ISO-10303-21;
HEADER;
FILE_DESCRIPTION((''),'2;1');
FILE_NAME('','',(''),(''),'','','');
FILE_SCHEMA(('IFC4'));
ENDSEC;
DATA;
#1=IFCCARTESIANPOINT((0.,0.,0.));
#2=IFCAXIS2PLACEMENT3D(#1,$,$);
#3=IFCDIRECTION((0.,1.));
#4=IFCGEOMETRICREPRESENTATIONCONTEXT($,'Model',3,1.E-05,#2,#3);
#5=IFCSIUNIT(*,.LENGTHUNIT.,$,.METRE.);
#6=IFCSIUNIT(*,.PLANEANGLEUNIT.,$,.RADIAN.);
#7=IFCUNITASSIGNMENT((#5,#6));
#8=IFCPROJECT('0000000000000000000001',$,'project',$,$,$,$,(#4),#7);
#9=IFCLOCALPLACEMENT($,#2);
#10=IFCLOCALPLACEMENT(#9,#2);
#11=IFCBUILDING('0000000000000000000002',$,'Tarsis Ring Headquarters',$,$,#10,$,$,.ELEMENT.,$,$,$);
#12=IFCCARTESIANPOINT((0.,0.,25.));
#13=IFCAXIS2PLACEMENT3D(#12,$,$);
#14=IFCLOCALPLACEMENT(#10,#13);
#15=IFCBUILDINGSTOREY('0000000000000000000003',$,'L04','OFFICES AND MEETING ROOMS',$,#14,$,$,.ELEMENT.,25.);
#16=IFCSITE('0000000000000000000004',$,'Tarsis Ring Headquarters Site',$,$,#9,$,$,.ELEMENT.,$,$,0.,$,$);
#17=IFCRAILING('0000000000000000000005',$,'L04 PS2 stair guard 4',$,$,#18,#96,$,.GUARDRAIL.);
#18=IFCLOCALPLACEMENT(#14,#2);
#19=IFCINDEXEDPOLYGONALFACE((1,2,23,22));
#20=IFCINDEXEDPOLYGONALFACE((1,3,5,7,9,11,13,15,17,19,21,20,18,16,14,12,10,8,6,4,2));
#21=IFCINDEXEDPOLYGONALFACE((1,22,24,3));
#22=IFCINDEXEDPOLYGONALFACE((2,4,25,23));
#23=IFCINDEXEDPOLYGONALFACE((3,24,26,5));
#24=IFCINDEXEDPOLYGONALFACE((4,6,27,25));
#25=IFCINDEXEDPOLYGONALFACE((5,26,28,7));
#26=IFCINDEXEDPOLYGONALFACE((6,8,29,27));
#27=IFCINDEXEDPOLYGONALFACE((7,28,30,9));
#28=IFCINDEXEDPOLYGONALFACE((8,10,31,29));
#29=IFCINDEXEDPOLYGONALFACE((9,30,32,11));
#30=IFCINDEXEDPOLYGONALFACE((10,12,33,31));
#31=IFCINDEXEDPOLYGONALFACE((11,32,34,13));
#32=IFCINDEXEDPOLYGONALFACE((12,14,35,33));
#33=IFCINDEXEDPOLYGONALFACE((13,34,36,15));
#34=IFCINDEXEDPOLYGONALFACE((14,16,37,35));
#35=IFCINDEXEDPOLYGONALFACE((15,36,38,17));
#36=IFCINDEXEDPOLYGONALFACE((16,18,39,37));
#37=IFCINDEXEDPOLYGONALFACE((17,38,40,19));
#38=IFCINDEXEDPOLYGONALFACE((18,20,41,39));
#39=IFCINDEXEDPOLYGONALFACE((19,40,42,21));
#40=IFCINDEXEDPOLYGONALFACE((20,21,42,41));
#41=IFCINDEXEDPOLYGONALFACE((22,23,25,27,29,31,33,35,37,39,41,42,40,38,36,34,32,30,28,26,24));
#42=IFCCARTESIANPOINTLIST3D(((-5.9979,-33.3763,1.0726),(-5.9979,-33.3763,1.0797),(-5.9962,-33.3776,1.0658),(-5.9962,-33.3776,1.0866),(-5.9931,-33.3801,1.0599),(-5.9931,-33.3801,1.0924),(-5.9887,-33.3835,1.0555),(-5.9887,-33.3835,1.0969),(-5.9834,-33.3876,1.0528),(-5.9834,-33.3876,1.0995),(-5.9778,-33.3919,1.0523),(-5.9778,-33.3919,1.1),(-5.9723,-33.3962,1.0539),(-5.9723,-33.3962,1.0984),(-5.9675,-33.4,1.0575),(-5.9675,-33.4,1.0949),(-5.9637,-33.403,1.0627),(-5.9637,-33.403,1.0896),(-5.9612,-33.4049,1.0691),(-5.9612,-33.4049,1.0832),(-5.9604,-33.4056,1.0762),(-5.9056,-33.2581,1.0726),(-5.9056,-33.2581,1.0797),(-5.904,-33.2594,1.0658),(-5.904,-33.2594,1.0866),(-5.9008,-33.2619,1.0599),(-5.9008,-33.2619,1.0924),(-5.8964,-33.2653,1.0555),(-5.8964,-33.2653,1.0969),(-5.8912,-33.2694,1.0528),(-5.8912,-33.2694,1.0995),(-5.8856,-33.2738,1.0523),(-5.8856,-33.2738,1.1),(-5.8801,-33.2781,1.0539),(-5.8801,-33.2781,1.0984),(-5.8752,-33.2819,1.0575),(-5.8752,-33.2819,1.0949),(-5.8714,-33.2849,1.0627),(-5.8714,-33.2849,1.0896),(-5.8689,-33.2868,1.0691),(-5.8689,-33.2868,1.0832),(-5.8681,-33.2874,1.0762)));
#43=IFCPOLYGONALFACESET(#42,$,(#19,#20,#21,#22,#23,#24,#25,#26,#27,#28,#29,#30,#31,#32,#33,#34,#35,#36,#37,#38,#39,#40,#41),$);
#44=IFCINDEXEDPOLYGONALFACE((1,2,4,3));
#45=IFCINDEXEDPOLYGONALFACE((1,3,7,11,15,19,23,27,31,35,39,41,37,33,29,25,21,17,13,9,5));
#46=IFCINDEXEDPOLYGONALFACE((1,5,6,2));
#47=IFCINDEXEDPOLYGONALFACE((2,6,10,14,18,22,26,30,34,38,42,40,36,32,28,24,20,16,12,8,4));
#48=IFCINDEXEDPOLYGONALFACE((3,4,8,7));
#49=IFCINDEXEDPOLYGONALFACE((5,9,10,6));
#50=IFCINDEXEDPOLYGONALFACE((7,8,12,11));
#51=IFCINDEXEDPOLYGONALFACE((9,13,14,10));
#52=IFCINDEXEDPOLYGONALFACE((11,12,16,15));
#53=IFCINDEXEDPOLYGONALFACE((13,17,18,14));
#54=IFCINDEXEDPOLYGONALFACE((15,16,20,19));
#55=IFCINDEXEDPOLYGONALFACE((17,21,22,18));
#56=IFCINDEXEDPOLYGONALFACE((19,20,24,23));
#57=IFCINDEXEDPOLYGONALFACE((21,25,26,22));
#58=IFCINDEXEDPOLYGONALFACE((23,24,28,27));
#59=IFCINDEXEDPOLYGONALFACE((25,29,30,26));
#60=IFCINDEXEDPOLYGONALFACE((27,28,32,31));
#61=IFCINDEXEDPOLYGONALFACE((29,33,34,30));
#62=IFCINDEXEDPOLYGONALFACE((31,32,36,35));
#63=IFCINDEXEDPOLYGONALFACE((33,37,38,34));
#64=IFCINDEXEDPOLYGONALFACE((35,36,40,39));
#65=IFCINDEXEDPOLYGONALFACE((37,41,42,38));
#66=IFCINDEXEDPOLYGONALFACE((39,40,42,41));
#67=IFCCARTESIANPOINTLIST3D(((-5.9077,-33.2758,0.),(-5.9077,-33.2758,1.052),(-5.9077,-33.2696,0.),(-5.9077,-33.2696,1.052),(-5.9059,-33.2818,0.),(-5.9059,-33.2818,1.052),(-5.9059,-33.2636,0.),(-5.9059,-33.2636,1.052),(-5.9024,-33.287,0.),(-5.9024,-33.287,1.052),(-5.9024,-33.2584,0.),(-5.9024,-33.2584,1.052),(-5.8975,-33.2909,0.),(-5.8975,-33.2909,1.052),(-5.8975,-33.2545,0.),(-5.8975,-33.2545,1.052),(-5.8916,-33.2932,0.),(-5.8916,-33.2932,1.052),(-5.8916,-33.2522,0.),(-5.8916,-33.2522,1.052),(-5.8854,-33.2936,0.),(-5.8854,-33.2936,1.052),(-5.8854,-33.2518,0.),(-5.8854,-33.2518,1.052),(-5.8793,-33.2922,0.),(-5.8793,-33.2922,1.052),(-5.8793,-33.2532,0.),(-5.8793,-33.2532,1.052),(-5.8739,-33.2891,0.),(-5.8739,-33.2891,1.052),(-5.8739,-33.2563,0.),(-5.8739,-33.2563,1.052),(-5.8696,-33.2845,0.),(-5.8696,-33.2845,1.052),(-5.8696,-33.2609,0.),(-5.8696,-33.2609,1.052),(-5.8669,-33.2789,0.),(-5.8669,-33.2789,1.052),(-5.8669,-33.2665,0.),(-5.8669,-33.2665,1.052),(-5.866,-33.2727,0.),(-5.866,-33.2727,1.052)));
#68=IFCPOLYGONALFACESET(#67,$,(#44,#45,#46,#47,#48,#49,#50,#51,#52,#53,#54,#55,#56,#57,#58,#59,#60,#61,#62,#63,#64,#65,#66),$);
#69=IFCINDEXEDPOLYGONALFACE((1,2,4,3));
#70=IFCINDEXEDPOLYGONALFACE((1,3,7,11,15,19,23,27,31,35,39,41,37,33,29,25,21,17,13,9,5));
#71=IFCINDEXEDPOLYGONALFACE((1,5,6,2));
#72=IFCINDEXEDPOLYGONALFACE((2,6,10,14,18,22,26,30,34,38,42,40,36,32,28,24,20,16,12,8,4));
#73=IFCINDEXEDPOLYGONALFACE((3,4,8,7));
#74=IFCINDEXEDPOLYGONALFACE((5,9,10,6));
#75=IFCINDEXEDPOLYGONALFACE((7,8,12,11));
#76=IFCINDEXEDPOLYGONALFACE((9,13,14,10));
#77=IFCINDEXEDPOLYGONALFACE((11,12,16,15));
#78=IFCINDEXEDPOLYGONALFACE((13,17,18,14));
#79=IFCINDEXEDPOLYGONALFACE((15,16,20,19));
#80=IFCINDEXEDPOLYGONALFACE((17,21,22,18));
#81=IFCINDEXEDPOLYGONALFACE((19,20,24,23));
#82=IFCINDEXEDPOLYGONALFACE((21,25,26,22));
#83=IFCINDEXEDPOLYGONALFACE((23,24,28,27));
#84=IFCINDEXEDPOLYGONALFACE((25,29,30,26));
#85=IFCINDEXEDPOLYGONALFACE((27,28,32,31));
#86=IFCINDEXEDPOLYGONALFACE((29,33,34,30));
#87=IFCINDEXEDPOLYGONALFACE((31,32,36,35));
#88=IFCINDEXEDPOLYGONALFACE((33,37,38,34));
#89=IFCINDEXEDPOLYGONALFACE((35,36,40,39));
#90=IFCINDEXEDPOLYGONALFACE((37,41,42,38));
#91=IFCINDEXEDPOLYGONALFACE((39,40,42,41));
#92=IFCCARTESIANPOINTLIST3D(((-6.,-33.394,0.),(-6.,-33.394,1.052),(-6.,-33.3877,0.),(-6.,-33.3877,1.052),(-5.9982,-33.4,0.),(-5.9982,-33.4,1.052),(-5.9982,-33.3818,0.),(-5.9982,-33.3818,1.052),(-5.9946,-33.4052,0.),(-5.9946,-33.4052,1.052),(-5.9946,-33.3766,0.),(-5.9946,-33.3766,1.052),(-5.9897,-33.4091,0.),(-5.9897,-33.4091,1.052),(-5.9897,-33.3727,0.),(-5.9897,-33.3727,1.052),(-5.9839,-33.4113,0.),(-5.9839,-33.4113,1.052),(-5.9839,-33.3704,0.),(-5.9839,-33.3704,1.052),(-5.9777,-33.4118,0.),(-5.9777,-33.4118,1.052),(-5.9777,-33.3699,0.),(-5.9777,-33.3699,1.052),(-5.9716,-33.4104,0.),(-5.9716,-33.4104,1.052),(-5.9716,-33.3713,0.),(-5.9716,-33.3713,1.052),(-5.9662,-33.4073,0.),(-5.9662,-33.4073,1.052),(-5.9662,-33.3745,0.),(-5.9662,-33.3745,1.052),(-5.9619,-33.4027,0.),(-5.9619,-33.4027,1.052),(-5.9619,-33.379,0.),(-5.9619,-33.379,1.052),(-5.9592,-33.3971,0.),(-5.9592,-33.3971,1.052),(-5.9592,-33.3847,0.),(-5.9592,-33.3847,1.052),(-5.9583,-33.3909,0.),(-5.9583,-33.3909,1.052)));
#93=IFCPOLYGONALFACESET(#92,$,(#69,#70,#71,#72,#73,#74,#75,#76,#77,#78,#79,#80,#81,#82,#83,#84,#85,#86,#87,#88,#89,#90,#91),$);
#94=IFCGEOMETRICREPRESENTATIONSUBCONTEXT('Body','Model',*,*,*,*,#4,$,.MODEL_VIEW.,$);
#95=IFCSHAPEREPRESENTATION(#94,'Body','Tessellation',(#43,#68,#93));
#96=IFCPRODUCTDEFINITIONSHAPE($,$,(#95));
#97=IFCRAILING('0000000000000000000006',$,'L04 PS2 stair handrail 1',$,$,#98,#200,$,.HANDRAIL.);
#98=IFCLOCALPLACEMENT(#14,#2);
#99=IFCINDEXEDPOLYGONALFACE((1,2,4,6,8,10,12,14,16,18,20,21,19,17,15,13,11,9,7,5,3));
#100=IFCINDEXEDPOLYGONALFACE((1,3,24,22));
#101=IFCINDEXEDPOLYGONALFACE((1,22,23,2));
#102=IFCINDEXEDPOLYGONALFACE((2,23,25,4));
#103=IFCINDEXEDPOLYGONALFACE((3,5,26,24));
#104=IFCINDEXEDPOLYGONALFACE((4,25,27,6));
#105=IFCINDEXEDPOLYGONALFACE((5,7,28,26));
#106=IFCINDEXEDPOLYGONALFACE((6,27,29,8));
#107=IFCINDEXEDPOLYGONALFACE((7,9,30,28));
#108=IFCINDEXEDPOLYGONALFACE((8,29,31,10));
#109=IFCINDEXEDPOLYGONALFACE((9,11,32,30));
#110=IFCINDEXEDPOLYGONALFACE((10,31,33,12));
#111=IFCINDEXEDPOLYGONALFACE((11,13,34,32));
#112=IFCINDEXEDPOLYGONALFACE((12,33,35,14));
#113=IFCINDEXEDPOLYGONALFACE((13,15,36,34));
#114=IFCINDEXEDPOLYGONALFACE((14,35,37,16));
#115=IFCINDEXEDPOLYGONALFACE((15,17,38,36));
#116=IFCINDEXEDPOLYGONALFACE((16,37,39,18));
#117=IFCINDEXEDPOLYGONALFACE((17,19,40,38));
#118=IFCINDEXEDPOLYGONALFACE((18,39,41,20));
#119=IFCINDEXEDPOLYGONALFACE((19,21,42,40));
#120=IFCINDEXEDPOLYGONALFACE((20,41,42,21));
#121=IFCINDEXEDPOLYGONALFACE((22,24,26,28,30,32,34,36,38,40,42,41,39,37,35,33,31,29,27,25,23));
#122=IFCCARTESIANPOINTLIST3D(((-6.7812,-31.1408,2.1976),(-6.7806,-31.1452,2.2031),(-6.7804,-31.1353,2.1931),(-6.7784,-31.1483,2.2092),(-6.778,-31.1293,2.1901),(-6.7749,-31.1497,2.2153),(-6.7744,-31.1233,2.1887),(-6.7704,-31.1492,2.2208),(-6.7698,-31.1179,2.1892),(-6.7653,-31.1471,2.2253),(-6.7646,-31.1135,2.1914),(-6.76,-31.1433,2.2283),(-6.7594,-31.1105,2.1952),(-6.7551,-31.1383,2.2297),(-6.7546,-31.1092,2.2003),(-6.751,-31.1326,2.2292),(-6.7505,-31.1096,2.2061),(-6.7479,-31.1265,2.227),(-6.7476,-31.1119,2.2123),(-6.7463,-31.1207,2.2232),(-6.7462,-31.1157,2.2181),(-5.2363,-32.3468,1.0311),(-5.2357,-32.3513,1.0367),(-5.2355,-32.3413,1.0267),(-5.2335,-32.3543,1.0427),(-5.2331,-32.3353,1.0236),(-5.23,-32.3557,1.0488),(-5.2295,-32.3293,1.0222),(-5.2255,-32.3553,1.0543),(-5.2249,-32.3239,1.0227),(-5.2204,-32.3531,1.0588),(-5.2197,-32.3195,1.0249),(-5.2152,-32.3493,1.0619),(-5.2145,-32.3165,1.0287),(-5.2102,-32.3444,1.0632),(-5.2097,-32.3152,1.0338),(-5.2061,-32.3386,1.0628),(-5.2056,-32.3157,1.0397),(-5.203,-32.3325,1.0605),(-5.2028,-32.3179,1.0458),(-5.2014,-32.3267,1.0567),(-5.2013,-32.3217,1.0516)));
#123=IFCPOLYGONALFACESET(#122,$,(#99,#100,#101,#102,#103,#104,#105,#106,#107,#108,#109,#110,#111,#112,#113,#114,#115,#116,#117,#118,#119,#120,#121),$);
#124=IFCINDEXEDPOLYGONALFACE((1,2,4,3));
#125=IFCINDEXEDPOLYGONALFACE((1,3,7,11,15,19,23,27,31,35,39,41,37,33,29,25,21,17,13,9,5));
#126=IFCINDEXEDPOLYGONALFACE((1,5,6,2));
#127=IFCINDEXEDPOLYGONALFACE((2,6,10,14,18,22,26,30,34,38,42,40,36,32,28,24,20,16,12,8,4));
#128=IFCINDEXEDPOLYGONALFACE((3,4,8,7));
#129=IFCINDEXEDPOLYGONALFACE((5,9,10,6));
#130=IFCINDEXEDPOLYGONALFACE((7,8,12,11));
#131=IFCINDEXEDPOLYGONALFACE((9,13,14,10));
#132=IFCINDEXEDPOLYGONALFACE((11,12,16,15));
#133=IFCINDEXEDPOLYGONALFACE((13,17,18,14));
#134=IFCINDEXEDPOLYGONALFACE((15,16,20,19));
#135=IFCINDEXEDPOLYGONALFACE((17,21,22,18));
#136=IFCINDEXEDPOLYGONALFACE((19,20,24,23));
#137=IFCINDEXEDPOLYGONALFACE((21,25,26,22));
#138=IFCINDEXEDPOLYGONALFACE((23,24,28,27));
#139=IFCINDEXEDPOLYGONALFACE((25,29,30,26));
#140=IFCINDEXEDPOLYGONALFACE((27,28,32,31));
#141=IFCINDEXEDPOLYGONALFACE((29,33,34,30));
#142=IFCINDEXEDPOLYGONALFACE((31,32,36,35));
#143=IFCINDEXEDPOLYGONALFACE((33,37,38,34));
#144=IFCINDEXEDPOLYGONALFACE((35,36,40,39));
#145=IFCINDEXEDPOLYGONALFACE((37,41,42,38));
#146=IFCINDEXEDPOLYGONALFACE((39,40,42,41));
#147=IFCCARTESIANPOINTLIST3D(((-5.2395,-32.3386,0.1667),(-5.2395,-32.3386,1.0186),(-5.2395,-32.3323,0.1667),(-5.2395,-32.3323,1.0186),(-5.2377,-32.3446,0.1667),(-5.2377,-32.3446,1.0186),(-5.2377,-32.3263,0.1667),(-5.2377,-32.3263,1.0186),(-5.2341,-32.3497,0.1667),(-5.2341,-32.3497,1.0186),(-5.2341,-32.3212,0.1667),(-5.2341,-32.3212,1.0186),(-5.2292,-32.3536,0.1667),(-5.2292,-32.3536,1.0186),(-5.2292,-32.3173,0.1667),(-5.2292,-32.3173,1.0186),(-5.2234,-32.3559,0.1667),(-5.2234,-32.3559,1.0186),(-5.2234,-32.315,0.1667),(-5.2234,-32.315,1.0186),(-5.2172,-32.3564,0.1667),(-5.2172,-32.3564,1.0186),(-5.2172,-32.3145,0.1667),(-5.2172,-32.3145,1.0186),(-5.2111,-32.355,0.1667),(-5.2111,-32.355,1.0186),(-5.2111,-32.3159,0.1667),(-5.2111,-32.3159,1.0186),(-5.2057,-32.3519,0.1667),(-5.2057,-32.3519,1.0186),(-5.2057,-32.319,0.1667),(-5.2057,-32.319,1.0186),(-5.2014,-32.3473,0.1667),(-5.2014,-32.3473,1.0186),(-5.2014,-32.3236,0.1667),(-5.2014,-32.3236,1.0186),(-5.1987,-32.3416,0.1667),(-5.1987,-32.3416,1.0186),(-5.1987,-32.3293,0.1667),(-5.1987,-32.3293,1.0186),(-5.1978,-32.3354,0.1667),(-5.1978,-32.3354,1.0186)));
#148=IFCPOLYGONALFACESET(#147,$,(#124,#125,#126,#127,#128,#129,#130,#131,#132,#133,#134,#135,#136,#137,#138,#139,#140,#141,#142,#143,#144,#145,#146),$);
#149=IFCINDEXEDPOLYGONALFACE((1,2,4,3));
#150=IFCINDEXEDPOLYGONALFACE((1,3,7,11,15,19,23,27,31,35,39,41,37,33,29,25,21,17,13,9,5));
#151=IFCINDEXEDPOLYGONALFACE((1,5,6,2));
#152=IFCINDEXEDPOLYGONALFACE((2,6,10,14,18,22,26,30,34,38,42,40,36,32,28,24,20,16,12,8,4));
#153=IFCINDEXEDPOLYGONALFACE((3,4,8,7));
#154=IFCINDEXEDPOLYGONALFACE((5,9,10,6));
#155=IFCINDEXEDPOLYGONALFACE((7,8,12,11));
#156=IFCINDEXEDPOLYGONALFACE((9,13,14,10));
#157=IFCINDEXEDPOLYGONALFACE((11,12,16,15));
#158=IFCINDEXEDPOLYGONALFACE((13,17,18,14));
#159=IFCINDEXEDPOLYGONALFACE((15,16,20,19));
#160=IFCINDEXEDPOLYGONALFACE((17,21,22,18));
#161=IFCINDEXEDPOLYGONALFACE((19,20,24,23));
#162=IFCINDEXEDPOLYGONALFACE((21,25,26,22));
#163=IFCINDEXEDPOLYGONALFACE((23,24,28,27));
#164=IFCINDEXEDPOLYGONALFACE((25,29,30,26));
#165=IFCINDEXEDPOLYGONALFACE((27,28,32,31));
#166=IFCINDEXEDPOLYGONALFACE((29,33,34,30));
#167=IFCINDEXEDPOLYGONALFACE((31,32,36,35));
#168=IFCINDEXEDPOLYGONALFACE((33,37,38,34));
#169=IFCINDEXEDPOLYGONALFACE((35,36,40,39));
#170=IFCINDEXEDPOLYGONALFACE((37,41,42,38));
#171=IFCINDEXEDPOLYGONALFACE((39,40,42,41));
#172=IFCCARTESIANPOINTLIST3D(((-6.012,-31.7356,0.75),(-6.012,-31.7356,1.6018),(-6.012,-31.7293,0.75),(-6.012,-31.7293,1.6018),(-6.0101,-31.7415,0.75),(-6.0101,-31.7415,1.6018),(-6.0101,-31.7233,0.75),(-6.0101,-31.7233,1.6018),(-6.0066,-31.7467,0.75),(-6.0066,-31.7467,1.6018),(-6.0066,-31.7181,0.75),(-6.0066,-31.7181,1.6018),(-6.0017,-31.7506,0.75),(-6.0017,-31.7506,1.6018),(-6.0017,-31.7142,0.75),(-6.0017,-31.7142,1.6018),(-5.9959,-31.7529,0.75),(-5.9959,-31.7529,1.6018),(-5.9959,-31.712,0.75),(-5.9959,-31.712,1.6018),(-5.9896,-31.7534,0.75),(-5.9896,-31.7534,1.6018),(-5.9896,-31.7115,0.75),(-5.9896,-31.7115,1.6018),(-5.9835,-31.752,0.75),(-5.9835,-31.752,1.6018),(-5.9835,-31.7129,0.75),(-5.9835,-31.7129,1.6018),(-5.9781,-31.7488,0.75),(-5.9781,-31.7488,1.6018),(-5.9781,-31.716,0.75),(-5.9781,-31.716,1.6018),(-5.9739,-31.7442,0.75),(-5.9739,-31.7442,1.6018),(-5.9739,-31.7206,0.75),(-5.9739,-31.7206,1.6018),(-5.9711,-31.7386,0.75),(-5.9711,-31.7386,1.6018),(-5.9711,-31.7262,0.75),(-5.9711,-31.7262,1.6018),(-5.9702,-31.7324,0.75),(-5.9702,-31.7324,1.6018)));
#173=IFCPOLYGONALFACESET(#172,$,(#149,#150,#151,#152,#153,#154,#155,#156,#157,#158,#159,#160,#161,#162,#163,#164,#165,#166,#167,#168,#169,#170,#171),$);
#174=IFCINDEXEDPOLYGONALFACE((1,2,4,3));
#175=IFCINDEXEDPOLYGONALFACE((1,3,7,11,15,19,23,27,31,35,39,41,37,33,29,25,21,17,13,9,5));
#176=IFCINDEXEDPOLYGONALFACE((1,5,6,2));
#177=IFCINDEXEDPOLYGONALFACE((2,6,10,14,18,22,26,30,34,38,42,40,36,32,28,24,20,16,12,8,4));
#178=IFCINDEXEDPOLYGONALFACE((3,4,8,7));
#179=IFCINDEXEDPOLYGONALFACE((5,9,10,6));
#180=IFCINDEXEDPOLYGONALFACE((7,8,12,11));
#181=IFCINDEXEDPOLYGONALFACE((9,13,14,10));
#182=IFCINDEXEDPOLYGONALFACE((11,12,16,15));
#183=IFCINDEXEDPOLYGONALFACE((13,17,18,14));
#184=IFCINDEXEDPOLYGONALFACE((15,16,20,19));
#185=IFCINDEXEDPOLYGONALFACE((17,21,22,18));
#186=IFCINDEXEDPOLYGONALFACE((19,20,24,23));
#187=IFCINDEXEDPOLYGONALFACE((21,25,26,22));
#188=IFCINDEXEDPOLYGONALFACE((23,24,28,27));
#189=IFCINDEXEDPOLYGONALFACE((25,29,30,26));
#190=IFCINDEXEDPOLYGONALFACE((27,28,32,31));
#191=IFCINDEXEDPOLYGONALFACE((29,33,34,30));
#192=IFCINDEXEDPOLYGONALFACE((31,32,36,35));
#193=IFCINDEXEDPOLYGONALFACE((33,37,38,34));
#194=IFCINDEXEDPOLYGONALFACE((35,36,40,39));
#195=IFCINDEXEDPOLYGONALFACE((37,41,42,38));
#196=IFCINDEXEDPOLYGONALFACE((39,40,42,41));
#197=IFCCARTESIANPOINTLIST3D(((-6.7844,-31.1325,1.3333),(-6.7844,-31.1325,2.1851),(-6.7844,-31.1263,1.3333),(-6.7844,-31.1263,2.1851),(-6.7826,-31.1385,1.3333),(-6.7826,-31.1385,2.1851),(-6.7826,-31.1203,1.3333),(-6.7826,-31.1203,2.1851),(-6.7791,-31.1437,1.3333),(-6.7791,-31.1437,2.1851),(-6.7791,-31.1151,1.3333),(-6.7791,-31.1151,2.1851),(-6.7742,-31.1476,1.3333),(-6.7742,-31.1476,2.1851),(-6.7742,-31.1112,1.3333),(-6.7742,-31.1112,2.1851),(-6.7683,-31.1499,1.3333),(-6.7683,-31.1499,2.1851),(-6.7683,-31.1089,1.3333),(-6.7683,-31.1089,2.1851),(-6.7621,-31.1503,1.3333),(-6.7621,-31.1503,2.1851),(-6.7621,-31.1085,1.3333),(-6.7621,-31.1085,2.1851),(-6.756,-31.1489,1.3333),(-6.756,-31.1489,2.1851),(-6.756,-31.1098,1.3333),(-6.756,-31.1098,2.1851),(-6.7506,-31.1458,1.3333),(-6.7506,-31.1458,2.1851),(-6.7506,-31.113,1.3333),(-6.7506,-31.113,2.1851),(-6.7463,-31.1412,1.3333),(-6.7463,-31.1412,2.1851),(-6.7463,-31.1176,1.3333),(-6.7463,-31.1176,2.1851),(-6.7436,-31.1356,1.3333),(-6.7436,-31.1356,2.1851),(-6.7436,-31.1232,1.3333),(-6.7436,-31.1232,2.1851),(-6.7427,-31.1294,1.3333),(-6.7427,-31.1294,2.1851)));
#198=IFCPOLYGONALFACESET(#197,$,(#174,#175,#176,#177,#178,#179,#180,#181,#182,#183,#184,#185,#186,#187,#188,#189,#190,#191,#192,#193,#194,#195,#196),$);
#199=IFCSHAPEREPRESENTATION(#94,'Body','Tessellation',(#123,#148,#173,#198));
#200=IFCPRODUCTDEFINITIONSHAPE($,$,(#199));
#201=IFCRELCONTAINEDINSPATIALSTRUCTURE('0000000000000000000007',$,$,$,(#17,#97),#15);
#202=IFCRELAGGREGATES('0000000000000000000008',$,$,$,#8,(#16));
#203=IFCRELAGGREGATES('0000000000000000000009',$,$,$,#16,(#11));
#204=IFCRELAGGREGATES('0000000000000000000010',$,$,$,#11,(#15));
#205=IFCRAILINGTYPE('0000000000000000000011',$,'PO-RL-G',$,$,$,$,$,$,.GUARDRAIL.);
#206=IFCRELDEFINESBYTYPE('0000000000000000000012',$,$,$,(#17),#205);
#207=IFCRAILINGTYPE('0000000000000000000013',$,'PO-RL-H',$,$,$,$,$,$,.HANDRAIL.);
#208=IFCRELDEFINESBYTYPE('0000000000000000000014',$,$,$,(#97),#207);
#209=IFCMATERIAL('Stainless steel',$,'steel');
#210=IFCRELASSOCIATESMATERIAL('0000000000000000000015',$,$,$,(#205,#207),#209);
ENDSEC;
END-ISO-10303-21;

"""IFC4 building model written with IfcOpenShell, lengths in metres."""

from ifc_helpers import new_model, si_unit, direction, frame, origin, origin_2d, place, context, subcontext, project, spatial, circle, extrude, material, type_object, element, save


model = new_model("IFC4")

# Units and contexts
model_context = context("Model", 3, precision=1e-05, world=origin(), true_north=direction((0.0, 1.0)))
body_context = subcontext(model_context, "Body", "Model", "MODEL_VIEW")
ifc_project = project(units=[si_unit("LENGTHUNIT", "METRE"), si_unit("PLANEANGLEUNIT", "RADIAN")], contexts=[model_context])

# Site, building, storey
site_placement = place(None, origin())
site = spatial("IfcSite", under=ifc_project, at=site_placement, Name="Tarsis Ring Headquarters Site", CompositionType="ELEMENT", RefElevation=0.0)
building_placement = place(site_placement, origin())
building = spatial("IfcBuilding", under=site, at=building_placement, Name="Tarsis Ring Headquarters", CompositionType="ELEMENT")
storey_placement = place(building_placement, frame((0.0, 0.0, 25.0)))
storey = spatial("IfcBuildingStorey", under=building, at=storey_placement, Name="L04", Description="OFFICES AND MEETING ROOMS", CompositionType="ELEMENT", Elevation=25.0)

# Railings
ifc_material_1 = material(Name="Stainless steel", Category="steel")
railing_type_1 = type_object("IfcRailingType", Name="PO-RL-G", PredefinedType="GUARDRAIL", material=ifc_material_1)
railing_1_placement = place(storey_placement, frame((-5.887, -33.2727, 0.0)))
element("IfcRailing", 1, at=railing_1_placement, inside=storey, type_object=railing_type_1, Name="L04 PS2 stair guard 4", PredefinedType="GUARDRAIL", context=body_context, shape_type="SweptSolid", body=[
    extrude(circle(Radius=0.0239, at=origin_2d()), frame((0.0, 0.0, 1.0762), z_axis=(-0.615518, -0.788123, 0.0), x_axis=(0.788123, -0.615518, 0.0)), (0.0, 0.0, 1.0), 0.1499),
    extrude(circle(Radius=0.021, at=origin_2d()), origin(), (0.0, 0.0, 1.0), 1.052),
    extrude(circle(Radius=0.021, at=origin_2d()), frame((-0.0923, -0.1182, 0.0)), (0.0, 0.0, 1.0), 1.052),
])
railing_type_2 = type_object("IfcRailingType", Name="PO-RL-H", PredefinedType="HANDRAIL", material=ifc_material_1)
railing_2_placement = place(storey_placement, frame((-5.2188, -32.3354, 0.1667)))
element("IfcRailing", 2, at=railing_2_placement, inside=storey, type_object=railing_type_2, Name="L04 PS2 stair handrail 1", PredefinedType="HANDRAIL", context=body_context, shape_type="SweptSolid", body=[
    extrude(circle(Radius=0.0239, at=origin_2d()), frame((0.0, 0.0, 0.876), z_axis=(-0.677357, 0.528784, 0.511443), x_axis=(-0.615354, -0.788251, 0.0)), (0.0, 0.0, 1.0), 2.2808),
    extrude(circle(Radius=0.021, at=origin_2d()), origin(), (0.0, 0.0, 1.0), 0.8518),
    extrude(circle(Radius=0.021, at=origin_2d()), frame((-0.7725, 0.603, 0.5833)), (0.0, 0.0, 1.0), 0.8518),
    extrude(circle(Radius=0.021, at=origin_2d()), frame((-1.5449, 1.2061, 1.1665)), (0.0, 0.0, 1.0), 0.8518),
])

save(model, "model.ifc")
